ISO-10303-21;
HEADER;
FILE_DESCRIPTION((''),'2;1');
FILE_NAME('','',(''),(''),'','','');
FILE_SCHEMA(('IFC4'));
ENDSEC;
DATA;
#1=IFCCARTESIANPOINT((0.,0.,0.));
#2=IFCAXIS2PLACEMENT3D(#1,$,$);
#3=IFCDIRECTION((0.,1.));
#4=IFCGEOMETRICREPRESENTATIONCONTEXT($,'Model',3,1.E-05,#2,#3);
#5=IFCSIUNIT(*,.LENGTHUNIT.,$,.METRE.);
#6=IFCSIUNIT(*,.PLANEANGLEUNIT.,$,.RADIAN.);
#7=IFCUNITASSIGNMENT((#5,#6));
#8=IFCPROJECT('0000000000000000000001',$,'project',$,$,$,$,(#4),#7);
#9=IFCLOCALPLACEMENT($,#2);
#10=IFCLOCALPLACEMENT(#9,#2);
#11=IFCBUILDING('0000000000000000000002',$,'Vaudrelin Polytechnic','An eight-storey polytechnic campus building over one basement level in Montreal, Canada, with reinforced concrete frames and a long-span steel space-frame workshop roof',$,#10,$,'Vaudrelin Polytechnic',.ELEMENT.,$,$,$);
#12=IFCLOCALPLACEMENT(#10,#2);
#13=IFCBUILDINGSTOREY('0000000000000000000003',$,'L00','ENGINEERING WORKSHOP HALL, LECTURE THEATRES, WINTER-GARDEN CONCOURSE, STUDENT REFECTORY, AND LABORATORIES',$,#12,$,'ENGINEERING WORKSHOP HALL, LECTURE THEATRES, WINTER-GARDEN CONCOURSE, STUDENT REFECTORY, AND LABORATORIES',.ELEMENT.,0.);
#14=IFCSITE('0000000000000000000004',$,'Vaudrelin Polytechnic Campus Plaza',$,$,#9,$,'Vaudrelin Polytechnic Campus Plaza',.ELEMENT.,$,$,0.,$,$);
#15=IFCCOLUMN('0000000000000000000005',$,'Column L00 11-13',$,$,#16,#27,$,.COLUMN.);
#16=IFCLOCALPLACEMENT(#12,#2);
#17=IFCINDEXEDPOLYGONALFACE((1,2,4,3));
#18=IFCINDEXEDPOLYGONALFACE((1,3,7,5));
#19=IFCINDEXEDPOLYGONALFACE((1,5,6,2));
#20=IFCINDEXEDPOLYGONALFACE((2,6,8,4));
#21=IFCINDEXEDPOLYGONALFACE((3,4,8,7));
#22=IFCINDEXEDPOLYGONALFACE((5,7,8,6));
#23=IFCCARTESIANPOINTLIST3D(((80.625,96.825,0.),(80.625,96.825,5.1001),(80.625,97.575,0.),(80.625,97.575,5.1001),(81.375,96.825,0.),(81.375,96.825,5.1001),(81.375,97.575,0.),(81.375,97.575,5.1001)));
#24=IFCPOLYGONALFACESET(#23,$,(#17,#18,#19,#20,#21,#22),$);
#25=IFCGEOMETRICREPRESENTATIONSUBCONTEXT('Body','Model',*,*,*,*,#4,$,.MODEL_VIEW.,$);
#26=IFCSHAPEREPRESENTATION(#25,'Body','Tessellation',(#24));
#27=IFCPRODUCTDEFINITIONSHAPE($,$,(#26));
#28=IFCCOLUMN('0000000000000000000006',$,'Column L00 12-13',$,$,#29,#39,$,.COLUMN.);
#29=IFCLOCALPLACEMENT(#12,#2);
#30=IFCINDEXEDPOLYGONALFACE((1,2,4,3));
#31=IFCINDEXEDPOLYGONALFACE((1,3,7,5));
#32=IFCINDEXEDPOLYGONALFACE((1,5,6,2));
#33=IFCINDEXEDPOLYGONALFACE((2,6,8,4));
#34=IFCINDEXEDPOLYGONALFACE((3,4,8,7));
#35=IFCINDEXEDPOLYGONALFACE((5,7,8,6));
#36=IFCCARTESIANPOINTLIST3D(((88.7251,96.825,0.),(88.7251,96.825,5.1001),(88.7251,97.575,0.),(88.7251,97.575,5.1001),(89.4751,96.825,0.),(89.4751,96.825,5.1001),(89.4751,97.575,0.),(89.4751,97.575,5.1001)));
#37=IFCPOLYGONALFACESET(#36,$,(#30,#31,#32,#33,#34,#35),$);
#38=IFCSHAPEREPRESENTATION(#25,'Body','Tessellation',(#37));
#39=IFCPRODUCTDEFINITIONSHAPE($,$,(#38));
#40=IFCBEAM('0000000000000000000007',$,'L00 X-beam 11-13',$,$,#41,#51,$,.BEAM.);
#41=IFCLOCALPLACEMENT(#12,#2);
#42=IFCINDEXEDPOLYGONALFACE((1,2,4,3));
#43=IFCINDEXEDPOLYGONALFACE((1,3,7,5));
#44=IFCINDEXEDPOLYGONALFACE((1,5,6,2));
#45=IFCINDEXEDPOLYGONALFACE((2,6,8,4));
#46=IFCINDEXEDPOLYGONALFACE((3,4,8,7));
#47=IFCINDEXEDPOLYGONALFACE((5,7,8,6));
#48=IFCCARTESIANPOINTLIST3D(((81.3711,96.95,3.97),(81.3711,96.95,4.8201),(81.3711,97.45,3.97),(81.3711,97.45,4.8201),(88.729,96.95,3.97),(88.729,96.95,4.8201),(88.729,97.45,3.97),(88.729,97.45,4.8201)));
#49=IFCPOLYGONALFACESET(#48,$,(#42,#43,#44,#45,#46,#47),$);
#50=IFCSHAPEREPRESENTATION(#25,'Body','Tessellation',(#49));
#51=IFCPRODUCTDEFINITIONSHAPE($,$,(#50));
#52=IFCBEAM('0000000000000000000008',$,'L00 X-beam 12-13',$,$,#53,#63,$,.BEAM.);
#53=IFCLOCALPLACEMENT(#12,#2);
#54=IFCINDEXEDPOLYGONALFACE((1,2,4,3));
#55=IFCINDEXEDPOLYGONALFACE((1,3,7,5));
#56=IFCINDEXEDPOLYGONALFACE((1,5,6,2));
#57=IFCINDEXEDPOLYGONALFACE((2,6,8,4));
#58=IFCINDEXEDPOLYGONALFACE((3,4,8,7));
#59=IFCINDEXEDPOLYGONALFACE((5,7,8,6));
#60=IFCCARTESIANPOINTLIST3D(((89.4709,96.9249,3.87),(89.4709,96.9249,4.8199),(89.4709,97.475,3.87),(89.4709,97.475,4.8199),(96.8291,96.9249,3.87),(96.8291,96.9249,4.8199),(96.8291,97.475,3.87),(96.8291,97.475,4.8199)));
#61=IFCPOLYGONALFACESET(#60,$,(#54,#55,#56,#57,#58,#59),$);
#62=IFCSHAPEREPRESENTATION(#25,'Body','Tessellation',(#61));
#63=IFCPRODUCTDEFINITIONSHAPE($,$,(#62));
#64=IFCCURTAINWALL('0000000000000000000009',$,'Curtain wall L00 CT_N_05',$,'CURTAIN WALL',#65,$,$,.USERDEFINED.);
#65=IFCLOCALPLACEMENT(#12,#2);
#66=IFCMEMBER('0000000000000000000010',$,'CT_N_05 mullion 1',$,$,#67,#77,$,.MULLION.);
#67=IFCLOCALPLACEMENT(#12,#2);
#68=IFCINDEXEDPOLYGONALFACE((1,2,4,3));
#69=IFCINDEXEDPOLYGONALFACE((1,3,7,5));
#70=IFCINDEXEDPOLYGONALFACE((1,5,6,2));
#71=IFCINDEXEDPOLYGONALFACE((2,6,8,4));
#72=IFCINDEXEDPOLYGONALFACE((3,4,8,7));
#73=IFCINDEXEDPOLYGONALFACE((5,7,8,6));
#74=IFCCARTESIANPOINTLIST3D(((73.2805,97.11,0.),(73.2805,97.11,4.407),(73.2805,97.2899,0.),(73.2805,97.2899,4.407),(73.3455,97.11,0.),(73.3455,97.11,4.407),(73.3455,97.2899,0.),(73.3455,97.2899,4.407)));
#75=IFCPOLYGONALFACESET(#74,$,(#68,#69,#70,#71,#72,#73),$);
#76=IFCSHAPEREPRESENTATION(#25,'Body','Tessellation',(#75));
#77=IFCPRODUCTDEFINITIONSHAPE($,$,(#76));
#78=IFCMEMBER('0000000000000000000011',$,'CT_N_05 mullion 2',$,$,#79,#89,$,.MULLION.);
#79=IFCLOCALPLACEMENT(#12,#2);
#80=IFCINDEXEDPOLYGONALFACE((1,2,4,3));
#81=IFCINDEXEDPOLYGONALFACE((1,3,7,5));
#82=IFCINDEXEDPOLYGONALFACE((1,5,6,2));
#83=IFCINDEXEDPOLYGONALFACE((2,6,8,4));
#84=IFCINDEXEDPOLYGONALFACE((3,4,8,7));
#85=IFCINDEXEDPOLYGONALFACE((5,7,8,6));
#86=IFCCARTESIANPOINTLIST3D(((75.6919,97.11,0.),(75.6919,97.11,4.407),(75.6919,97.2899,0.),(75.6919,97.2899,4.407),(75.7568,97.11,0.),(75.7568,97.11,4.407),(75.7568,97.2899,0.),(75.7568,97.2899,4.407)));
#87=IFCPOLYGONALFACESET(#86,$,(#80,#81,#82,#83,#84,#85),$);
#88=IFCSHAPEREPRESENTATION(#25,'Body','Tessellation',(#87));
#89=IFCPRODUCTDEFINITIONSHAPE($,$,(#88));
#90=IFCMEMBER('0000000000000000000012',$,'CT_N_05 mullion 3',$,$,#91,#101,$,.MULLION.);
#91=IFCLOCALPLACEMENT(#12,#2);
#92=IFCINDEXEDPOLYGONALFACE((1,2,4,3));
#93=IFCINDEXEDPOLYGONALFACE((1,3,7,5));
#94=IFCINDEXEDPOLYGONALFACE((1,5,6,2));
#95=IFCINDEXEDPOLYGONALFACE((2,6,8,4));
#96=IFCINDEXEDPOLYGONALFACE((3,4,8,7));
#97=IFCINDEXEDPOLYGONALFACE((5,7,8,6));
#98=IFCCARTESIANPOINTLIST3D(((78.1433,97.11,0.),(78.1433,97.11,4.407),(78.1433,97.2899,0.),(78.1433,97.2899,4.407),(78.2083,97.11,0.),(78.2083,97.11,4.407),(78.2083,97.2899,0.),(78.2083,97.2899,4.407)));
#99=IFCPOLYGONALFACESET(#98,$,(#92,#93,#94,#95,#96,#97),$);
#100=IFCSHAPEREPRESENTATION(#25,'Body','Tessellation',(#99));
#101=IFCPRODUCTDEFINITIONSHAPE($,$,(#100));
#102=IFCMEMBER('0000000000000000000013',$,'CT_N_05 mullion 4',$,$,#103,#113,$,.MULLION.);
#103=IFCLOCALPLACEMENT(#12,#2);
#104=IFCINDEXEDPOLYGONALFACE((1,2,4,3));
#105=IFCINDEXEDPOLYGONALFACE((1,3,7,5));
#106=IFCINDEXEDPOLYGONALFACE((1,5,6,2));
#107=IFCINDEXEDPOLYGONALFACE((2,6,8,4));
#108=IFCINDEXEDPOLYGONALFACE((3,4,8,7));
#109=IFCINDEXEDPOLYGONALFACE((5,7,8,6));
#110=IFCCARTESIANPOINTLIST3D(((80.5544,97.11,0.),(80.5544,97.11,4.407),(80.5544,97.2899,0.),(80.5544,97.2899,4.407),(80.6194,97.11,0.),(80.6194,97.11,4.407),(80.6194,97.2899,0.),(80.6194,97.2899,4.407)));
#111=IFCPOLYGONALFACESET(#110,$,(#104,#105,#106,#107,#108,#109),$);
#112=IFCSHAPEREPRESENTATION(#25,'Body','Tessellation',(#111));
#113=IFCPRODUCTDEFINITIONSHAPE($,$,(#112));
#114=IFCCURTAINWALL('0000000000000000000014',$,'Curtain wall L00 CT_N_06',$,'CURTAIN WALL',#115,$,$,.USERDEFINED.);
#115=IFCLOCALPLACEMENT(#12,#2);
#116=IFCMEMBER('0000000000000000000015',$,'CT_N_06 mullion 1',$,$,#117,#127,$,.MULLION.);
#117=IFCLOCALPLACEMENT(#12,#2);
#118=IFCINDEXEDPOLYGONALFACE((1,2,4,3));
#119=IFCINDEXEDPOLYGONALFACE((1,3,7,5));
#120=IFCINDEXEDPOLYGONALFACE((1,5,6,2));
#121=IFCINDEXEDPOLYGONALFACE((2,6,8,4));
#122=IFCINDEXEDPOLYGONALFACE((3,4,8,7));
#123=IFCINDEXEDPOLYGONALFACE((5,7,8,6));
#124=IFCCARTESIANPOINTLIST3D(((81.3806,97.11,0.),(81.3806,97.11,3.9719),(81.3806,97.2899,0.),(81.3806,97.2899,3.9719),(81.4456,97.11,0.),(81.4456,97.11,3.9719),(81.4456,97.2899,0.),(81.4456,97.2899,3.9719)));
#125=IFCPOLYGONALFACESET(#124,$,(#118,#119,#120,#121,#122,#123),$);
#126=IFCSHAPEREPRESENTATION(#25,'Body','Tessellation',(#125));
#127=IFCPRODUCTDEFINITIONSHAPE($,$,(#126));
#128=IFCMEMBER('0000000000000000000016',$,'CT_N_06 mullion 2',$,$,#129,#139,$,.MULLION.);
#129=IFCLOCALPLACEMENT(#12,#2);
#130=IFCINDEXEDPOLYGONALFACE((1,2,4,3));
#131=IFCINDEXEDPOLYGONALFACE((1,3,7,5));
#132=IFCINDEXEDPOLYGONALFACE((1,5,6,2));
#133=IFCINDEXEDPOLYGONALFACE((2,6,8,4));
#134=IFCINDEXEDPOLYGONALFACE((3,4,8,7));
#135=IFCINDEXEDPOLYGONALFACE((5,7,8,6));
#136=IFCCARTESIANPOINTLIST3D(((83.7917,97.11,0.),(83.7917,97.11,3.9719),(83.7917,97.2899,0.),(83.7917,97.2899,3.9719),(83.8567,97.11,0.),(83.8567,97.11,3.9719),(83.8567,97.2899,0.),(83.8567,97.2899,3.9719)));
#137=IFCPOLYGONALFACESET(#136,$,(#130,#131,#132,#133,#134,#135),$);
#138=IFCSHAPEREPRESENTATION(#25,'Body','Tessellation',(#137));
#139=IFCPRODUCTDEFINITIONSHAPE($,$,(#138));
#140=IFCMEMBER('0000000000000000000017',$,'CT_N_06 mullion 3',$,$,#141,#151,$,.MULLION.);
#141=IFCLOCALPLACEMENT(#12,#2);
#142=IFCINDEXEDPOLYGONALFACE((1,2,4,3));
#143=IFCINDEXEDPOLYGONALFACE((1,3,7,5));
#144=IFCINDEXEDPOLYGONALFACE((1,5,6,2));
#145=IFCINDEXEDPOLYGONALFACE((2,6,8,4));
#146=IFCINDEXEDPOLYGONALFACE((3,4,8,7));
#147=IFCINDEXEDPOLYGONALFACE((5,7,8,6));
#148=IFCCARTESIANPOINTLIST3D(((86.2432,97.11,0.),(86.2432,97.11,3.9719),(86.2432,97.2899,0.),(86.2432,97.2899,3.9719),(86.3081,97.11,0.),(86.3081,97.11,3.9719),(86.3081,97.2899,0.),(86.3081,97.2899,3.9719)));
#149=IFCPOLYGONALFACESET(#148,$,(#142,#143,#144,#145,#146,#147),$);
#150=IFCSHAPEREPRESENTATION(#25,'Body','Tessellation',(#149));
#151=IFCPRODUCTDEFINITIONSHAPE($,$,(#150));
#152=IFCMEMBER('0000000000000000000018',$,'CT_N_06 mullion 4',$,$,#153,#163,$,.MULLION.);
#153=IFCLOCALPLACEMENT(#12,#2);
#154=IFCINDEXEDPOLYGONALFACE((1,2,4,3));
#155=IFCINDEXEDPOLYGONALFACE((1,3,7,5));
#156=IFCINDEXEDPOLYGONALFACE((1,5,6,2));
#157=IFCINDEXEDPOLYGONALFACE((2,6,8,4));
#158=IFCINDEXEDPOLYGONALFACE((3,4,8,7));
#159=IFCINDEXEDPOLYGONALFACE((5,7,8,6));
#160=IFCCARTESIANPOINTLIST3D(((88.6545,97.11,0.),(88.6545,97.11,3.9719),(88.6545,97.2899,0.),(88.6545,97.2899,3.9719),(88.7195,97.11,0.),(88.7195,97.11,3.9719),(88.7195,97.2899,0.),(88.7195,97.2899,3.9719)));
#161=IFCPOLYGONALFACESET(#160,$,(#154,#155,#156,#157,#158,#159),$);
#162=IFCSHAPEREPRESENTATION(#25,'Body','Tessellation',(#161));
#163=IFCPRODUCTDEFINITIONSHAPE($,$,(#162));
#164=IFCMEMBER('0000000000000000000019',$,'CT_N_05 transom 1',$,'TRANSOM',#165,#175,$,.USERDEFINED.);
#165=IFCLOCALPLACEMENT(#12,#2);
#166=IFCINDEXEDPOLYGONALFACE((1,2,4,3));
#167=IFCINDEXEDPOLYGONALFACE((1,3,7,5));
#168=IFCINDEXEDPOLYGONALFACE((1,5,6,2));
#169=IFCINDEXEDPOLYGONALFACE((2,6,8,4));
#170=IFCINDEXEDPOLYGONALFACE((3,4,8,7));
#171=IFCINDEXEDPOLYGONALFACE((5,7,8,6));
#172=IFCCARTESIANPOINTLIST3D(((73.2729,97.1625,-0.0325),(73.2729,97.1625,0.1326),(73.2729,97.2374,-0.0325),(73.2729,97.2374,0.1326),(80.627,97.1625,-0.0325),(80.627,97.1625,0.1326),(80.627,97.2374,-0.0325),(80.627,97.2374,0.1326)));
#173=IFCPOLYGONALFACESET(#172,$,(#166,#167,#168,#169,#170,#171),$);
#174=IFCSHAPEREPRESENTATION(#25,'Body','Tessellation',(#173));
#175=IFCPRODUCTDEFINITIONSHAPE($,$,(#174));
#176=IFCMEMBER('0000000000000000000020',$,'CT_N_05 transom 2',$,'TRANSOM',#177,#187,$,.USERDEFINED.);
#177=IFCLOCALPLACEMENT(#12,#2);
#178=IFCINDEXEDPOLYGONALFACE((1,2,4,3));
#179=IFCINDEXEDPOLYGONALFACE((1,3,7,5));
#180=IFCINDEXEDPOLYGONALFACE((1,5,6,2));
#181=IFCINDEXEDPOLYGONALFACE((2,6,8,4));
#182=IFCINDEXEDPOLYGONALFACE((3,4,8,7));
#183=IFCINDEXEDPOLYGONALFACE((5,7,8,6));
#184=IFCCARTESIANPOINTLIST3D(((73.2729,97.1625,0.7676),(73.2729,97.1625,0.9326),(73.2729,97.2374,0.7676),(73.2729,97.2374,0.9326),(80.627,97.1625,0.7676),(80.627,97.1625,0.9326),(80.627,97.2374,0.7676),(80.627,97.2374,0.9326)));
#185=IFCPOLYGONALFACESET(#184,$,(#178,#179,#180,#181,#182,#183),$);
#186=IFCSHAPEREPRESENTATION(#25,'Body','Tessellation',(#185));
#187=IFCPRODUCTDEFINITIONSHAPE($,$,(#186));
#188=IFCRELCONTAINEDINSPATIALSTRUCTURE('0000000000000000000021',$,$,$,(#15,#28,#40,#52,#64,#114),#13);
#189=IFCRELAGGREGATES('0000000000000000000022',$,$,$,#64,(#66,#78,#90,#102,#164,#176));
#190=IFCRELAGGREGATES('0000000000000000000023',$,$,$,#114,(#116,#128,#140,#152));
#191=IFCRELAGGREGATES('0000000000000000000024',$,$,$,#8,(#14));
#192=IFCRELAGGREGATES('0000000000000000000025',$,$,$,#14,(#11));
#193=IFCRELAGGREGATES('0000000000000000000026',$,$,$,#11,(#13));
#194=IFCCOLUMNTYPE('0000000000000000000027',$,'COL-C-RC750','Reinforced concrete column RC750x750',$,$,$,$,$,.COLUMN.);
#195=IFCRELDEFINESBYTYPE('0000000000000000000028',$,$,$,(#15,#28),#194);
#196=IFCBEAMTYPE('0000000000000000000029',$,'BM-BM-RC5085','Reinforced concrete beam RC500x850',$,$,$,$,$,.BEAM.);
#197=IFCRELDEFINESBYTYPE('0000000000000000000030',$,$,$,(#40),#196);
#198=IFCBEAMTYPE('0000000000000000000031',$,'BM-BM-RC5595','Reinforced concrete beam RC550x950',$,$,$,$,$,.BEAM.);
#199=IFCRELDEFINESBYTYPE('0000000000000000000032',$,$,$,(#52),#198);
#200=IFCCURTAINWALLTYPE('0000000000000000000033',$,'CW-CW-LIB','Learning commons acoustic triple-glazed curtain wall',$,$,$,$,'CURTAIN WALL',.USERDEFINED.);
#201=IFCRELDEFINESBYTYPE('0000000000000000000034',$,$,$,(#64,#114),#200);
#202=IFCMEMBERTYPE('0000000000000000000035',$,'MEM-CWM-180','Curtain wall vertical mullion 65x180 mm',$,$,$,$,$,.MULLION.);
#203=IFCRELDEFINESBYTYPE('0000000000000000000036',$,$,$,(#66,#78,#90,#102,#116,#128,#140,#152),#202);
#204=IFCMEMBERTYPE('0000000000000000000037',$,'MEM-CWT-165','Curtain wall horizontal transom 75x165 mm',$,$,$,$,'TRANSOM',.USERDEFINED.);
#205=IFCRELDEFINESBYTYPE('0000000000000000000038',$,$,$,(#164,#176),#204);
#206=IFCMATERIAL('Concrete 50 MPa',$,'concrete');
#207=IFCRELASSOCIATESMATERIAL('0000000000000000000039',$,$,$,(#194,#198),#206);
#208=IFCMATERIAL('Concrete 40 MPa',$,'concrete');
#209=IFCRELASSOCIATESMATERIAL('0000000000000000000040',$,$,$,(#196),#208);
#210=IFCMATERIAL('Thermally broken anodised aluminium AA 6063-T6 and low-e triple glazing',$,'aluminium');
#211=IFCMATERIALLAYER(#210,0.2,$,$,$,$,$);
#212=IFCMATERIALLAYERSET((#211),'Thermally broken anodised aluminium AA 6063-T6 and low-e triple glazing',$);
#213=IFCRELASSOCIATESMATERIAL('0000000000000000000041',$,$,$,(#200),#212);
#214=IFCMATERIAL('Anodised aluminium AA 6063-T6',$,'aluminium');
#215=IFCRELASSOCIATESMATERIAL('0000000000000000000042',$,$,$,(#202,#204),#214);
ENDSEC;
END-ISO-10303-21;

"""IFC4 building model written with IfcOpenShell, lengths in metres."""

from ifc_helpers import new_model, si_unit, direction, frame, origin, origin_2d, place, context, subcontext, project, spatial, rectangle, extrude, material, layer, layer_set, material_profile, profile_set, type_object, element, aggregate, save


model = new_model("IFC4")

# Units and contexts
model_context = context("Model", 3, precision=1e-05, world=origin(), true_north=direction((0.0, 1.0)))
body_context = subcontext(model_context, "Body", "Model", "MODEL_VIEW")
ifc_project = project(units=[si_unit("LENGTHUNIT", "METRE"), si_unit("PLANEANGLEUNIT", "RADIAN")], contexts=[model_context])

# Site, building, storey
site_placement = place(None, origin())
site = spatial("IfcSite", under=ifc_project, at=site_placement, Name="Vaudrelin Polytechnic Campus Plaza", LongName="Vaudrelin Polytechnic Campus Plaza", CompositionType="ELEMENT", RefElevation=0.0)
building_placement = place(site_placement, origin())
building = spatial("IfcBuilding", under=site, at=building_placement, Name="Vaudrelin Polytechnic", Description="An eight-storey polytechnic campus building over one basement level in Montreal, Canada, with reinforced concrete frames and a long-span steel space-frame workshop roof", LongName="Vaudrelin Polytechnic", CompositionType="ELEMENT")
storey_placement = place(building_placement, origin())
storey = spatial("IfcBuildingStorey", under=building, at=storey_placement, Name="L00", Description="ENGINEERING WORKSHOP HALL, LECTURE THEATRES, WINTER-GARDEN CONCOURSE, STUDENT REFECTORY, AND LABORATORIES", LongName="ENGINEERING WORKSHOP HALL, LECTURE THEATRES, WINTER-GARDEN CONCOURSE, STUDENT REFECTORY, AND LABORATORIES", CompositionType="ELEMENT", Elevation=0.0)

# Columns
ifc_material_1 = material(Name="Concrete 50 MPa", Category="concrete")
ifc_material_profile_1 = material_profile(ifc_material_1, rectangle(XDim=0.75, YDim=0.75, at=origin_2d()), Name="RC750x750")
ifc_profile_set_1 = profile_set([ifc_material_profile_1], Name="Concrete 50 MPa")
column_type = type_object("IfcColumnType", Name="COL-C-RC750", Description="Reinforced concrete column RC750x750", PredefinedType="COLUMN", material=ifc_profile_set_1)
for number, where, z_axis, x_axis, name in (
    (1, (81.0, 97.2, 0.0), (0.0, 0.0, 1.0), (1.0, 0.0, 0.0), "Column L00 11-13"),
    (2, (89.1001, 97.2, 0.0), (0.0, 0.0, 1.0), (1.0, 0.0, 0.0), "Column L00 12-13"),
):
    element("IfcColumn", number, at=place(storey_placement, frame(where, z_axis=z_axis, x_axis=x_axis)), inside=storey, type_object=column_type, Name=name, PredefinedType="COLUMN", context=body_context, shape_type="SweptSolid", body=[
        extrude(rectangle(XDim=0.75, YDim=0.75, at=origin_2d()), origin(), (0.0, 0.0, 1.0), 5.1001),
    ])

# Beams
ifc_material_2 = material(Name="Concrete 40 MPa", Category="concrete")
ifc_material_profile_2 = material_profile(ifc_material_2, rectangle(XDim=0.5, YDim=0.8501, at=origin_2d()), Name="RC500x850")
ifc_profile_set_2 = profile_set([ifc_material_profile_2], Name="Concrete 40 MPa")
beam_type_1 = type_object("IfcBeamType", Name="BM-BM-RC5085", Description="Reinforced concrete beam RC500x850", PredefinedType="BEAM", material=ifc_profile_set_2)
beam_1_placement = place(storey_placement, frame((81.3711, 97.2, 4.395), z_axis=(1.0, 0.0, 0.0), x_axis=(0.0, 1.0, 0.0)))
element("IfcBeam", 3, at=beam_1_placement, inside=storey, type_object=beam_type_1, Name="L00 X-beam 11-13", PredefinedType="BEAM", context=body_context, shape_type="SweptSolid", body=[
    extrude(rectangle(XDim=0.5, YDim=0.8501, at=origin_2d()), origin(), (0.0, 0.0, 1.0), 7.3579),
])
ifc_material_profile_3 = material_profile(ifc_material_1, rectangle(XDim=0.55, YDim=0.95, at=origin_2d()), Name="RC550x950")
ifc_profile_set_3 = profile_set([ifc_material_profile_3], Name="Concrete 50 MPa")
beam_type_2 = type_object("IfcBeamType", Name="BM-BM-RC5595", Description="Reinforced concrete beam RC550x950", PredefinedType="BEAM", material=ifc_profile_set_3)
beam_2_placement = place(storey_placement, frame((89.4709, 97.2, 4.345), z_axis=(1.0, 0.0, 0.0), x_axis=(0.0, 1.0, 0.0)))
element("IfcBeam", 4, at=beam_2_placement, inside=storey, type_object=beam_type_2, Name="L00 X-beam 12-13", PredefinedType="BEAM", context=body_context, shape_type="SweptSolid", body=[
    extrude(rectangle(XDim=0.55, YDim=0.95, at=origin_2d()), origin(), (0.0, 0.0, 1.0), 7.3582),
])

# Curtain walls, members
ifc_material_3 = material(Name="Thermally broken anodised aluminium AA 6063-T6 and low-e triple glazing", Category="aluminium")
ifc_layer_1 = layer(ifc_material_3, 0.2)
ifc_layer_set_1 = layer_set([ifc_layer_1], Name="Thermally broken anodised aluminium AA 6063-T6 and low-e triple glazing")
curtain_wall_type = type_object("IfcCurtainWallType", Name="CW-CW-LIB", Description="Learning commons acoustic triple-glazed curtain wall", ElementType="CURTAIN WALL", PredefinedType="USERDEFINED", material=ifc_layer_set_1)
curtain_wall_1_placement = place(storey_placement, origin())
curtain_wall_1 = element("IfcCurtainWall", 5, at=curtain_wall_1_placement, inside=storey, type_object=curtain_wall_type, Name="Curtain wall L00 CT_N_05", ObjectType="CURTAIN WALL", PredefinedType="USERDEFINED")
ifc_material_4 = material(Name="Anodised aluminium AA 6063-T6", Category="aluminium")
ifc_material_profile_4 = material_profile(ifc_material_4, rectangle(XDim=0.0649, YDim=0.1799, at=origin_2d()), Name="CWM-65x180")
ifc_profile_set_4 = profile_set([ifc_material_profile_4], Name="Anodised aluminium AA 6063-T6")
member_type_1 = type_object("IfcMemberType", Name="MEM-CWM-180", Description="Curtain wall vertical mullion 65x180 mm", PredefinedType="MULLION", material=ifc_profile_set_4)
member_1_placement = place(storey_placement, frame((73.313, 97.2, 0.0), z_axis=(0.0, 0.0, 1.0), x_axis=(1.0, 0.0, 0.0)))
member_1 = element("IfcMember", 6, at=member_1_placement, type_object=member_type_1, Name="CT_N_05 mullion 1", PredefinedType="MULLION", context=body_context, shape_type="SweptSolid", body=[
    extrude(rectangle(XDim=0.0649, YDim=0.1799, at=origin_2d()), origin(), (0.0, 0.0, 1.0), 4.407),
])
member_2_placement = place(storey_placement, frame((75.7244, 97.2, 0.0), z_axis=(0.0, 0.0, 1.0), x_axis=(1.0, 0.0, 0.0)))
member_2 = element("IfcMember", 7, at=member_2_placement, type_object=member_type_1, Name="CT_N_05 mullion 2", PredefinedType="MULLION", context=body_context, shape_type="SweptSolid", body=[
    extrude(rectangle(XDim=0.0649, YDim=0.1799, at=origin_2d()), origin(), (0.0, 0.0, 1.0), 4.407),
])
member_3_placement = place(storey_placement, frame((78.1758, 97.2, 0.0), z_axis=(0.0, 0.0, 1.0), x_axis=(1.0, 0.0, 0.0)))
member_3 = element("IfcMember", 8, at=member_3_placement, type_object=member_type_1, Name="CT_N_05 mullion 3", PredefinedType="MULLION", context=body_context, shape_type="SweptSolid", body=[
    extrude(rectangle(XDim=0.0649, YDim=0.1799, at=origin_2d()), origin(), (0.0, 0.0, 1.0), 4.407),
])
member_4_placement = place(storey_placement, frame((80.5869, 97.2, 0.0), z_axis=(0.0, 0.0, 1.0), x_axis=(1.0, 0.0, 0.0)))
member_4 = element("IfcMember", 9, at=member_4_placement, type_object=member_type_1, Name="CT_N_05 mullion 4", PredefinedType="MULLION", context=body_context, shape_type="SweptSolid", body=[
    extrude(rectangle(XDim=0.0649, YDim=0.1799, at=origin_2d()), origin(), (0.0, 0.0, 1.0), 4.407),
])
curtain_wall_2_placement = place(storey_placement, origin())
curtain_wall_2 = element("IfcCurtainWall", 10, at=curtain_wall_2_placement, inside=storey, type_object=curtain_wall_type, Name="Curtain wall L00 CT_N_06", ObjectType="CURTAIN WALL", PredefinedType="USERDEFINED")
member_5_placement = place(storey_placement, frame((81.4131, 97.2, 0.0), z_axis=(0.0, 0.0, 1.0), x_axis=(1.0, 0.0, 0.0)))
member_5 = element("IfcMember", 11, at=member_5_placement, type_object=member_type_1, Name="CT_N_06 mullion 1", PredefinedType="MULLION", context=body_context, shape_type="SweptSolid", body=[
    extrude(rectangle(XDim=0.0649, YDim=0.1799, at=origin_2d()), origin(), (0.0, 0.0, 1.0), 3.9719),
])
member_6_placement = place(storey_placement, frame((83.8242, 97.2, 0.0), z_axis=(0.0, 0.0, 1.0), x_axis=(1.0, 0.0, 0.0)))
member_6 = element("IfcMember", 12, at=member_6_placement, type_object=member_type_1, Name="CT_N_06 mullion 2", PredefinedType="MULLION", context=body_context, shape_type="SweptSolid", body=[
    extrude(rectangle(XDim=0.0649, YDim=0.1799, at=origin_2d()), origin(), (0.0, 0.0, 1.0), 3.9719),
])
member_7_placement = place(storey_placement, frame((86.2756, 97.2, 0.0), z_axis=(0.0, 0.0, 1.0), x_axis=(1.0, 0.0, 0.0)))
member_7 = element("IfcMember", 13, at=member_7_placement, type_object=member_type_1, Name="CT_N_06 mullion 3", PredefinedType="MULLION", context=body_context, shape_type="SweptSolid", body=[
    extrude(rectangle(XDim=0.0649, YDim=0.1799, at=origin_2d()), origin(), (0.0, 0.0, 1.0), 3.9719),
])
member_8_placement = place(storey_placement, frame((88.687, 97.2, 0.0), z_axis=(0.0, 0.0, 1.0), x_axis=(1.0, 0.0, 0.0)))
member_8 = element("IfcMember", 14, at=member_8_placement, type_object=member_type_1, Name="CT_N_06 mullion 4", PredefinedType="MULLION", context=body_context, shape_type="SweptSolid", body=[
    extrude(rectangle(XDim=0.0649, YDim=0.1799, at=origin_2d()), origin(), (0.0, 0.0, 1.0), 3.9719),
])

# Members
ifc_material_profile_5 = material_profile(ifc_material_4, rectangle(XDim=0.075, YDim=0.165, at=origin_2d()), Name="CWT-75x165")
ifc_profile_set_5 = profile_set([ifc_material_profile_5], Name="Anodised aluminium AA 6063-T6")
member_type_2 = type_object("IfcMemberType", Name="MEM-CWT-165", Description="Curtain wall horizontal transom 75x165 mm", ElementType="TRANSOM", PredefinedType="USERDEFINED", material=ifc_profile_set_5)
member_9_placement = place(storey_placement, frame((73.2729, 97.2, 0.05), z_axis=(1.0, 0.0, 0.0), x_axis=(0.0, 1.0, 0.0)))
member_9 = element("IfcMember", 15, at=member_9_placement, type_object=member_type_2, Name="CT_N_05 transom 1", ObjectType="TRANSOM", PredefinedType="USERDEFINED", context=body_context, shape_type="SweptSolid", body=[
    extrude(rectangle(XDim=0.075, YDim=0.165, at=origin_2d()), origin(), (0.0, 0.0, 1.0), 7.354),
])
member_10_placement = place(storey_placement, frame((73.2729, 97.2, 0.8501), z_axis=(1.0, 0.0, 0.0), x_axis=(0.0, 1.0, 0.0)))
member_10 = element("IfcMember", 16, at=member_10_placement, type_object=member_type_2, Name="CT_N_05 transom 2", ObjectType="TRANSOM", PredefinedType="USERDEFINED", context=body_context, shape_type="SweptSolid", body=[
    extrude(rectangle(XDim=0.075, YDim=0.165, at=origin_2d()), origin(), (0.0, 0.0, 1.0), 7.354),
])

aggregate(curtain_wall_1, [member_1, member_2, member_3, member_4, member_9, member_10])
aggregate(curtain_wall_2, [member_5, member_6, member_7, member_8])

save(model, "model.ifc")
